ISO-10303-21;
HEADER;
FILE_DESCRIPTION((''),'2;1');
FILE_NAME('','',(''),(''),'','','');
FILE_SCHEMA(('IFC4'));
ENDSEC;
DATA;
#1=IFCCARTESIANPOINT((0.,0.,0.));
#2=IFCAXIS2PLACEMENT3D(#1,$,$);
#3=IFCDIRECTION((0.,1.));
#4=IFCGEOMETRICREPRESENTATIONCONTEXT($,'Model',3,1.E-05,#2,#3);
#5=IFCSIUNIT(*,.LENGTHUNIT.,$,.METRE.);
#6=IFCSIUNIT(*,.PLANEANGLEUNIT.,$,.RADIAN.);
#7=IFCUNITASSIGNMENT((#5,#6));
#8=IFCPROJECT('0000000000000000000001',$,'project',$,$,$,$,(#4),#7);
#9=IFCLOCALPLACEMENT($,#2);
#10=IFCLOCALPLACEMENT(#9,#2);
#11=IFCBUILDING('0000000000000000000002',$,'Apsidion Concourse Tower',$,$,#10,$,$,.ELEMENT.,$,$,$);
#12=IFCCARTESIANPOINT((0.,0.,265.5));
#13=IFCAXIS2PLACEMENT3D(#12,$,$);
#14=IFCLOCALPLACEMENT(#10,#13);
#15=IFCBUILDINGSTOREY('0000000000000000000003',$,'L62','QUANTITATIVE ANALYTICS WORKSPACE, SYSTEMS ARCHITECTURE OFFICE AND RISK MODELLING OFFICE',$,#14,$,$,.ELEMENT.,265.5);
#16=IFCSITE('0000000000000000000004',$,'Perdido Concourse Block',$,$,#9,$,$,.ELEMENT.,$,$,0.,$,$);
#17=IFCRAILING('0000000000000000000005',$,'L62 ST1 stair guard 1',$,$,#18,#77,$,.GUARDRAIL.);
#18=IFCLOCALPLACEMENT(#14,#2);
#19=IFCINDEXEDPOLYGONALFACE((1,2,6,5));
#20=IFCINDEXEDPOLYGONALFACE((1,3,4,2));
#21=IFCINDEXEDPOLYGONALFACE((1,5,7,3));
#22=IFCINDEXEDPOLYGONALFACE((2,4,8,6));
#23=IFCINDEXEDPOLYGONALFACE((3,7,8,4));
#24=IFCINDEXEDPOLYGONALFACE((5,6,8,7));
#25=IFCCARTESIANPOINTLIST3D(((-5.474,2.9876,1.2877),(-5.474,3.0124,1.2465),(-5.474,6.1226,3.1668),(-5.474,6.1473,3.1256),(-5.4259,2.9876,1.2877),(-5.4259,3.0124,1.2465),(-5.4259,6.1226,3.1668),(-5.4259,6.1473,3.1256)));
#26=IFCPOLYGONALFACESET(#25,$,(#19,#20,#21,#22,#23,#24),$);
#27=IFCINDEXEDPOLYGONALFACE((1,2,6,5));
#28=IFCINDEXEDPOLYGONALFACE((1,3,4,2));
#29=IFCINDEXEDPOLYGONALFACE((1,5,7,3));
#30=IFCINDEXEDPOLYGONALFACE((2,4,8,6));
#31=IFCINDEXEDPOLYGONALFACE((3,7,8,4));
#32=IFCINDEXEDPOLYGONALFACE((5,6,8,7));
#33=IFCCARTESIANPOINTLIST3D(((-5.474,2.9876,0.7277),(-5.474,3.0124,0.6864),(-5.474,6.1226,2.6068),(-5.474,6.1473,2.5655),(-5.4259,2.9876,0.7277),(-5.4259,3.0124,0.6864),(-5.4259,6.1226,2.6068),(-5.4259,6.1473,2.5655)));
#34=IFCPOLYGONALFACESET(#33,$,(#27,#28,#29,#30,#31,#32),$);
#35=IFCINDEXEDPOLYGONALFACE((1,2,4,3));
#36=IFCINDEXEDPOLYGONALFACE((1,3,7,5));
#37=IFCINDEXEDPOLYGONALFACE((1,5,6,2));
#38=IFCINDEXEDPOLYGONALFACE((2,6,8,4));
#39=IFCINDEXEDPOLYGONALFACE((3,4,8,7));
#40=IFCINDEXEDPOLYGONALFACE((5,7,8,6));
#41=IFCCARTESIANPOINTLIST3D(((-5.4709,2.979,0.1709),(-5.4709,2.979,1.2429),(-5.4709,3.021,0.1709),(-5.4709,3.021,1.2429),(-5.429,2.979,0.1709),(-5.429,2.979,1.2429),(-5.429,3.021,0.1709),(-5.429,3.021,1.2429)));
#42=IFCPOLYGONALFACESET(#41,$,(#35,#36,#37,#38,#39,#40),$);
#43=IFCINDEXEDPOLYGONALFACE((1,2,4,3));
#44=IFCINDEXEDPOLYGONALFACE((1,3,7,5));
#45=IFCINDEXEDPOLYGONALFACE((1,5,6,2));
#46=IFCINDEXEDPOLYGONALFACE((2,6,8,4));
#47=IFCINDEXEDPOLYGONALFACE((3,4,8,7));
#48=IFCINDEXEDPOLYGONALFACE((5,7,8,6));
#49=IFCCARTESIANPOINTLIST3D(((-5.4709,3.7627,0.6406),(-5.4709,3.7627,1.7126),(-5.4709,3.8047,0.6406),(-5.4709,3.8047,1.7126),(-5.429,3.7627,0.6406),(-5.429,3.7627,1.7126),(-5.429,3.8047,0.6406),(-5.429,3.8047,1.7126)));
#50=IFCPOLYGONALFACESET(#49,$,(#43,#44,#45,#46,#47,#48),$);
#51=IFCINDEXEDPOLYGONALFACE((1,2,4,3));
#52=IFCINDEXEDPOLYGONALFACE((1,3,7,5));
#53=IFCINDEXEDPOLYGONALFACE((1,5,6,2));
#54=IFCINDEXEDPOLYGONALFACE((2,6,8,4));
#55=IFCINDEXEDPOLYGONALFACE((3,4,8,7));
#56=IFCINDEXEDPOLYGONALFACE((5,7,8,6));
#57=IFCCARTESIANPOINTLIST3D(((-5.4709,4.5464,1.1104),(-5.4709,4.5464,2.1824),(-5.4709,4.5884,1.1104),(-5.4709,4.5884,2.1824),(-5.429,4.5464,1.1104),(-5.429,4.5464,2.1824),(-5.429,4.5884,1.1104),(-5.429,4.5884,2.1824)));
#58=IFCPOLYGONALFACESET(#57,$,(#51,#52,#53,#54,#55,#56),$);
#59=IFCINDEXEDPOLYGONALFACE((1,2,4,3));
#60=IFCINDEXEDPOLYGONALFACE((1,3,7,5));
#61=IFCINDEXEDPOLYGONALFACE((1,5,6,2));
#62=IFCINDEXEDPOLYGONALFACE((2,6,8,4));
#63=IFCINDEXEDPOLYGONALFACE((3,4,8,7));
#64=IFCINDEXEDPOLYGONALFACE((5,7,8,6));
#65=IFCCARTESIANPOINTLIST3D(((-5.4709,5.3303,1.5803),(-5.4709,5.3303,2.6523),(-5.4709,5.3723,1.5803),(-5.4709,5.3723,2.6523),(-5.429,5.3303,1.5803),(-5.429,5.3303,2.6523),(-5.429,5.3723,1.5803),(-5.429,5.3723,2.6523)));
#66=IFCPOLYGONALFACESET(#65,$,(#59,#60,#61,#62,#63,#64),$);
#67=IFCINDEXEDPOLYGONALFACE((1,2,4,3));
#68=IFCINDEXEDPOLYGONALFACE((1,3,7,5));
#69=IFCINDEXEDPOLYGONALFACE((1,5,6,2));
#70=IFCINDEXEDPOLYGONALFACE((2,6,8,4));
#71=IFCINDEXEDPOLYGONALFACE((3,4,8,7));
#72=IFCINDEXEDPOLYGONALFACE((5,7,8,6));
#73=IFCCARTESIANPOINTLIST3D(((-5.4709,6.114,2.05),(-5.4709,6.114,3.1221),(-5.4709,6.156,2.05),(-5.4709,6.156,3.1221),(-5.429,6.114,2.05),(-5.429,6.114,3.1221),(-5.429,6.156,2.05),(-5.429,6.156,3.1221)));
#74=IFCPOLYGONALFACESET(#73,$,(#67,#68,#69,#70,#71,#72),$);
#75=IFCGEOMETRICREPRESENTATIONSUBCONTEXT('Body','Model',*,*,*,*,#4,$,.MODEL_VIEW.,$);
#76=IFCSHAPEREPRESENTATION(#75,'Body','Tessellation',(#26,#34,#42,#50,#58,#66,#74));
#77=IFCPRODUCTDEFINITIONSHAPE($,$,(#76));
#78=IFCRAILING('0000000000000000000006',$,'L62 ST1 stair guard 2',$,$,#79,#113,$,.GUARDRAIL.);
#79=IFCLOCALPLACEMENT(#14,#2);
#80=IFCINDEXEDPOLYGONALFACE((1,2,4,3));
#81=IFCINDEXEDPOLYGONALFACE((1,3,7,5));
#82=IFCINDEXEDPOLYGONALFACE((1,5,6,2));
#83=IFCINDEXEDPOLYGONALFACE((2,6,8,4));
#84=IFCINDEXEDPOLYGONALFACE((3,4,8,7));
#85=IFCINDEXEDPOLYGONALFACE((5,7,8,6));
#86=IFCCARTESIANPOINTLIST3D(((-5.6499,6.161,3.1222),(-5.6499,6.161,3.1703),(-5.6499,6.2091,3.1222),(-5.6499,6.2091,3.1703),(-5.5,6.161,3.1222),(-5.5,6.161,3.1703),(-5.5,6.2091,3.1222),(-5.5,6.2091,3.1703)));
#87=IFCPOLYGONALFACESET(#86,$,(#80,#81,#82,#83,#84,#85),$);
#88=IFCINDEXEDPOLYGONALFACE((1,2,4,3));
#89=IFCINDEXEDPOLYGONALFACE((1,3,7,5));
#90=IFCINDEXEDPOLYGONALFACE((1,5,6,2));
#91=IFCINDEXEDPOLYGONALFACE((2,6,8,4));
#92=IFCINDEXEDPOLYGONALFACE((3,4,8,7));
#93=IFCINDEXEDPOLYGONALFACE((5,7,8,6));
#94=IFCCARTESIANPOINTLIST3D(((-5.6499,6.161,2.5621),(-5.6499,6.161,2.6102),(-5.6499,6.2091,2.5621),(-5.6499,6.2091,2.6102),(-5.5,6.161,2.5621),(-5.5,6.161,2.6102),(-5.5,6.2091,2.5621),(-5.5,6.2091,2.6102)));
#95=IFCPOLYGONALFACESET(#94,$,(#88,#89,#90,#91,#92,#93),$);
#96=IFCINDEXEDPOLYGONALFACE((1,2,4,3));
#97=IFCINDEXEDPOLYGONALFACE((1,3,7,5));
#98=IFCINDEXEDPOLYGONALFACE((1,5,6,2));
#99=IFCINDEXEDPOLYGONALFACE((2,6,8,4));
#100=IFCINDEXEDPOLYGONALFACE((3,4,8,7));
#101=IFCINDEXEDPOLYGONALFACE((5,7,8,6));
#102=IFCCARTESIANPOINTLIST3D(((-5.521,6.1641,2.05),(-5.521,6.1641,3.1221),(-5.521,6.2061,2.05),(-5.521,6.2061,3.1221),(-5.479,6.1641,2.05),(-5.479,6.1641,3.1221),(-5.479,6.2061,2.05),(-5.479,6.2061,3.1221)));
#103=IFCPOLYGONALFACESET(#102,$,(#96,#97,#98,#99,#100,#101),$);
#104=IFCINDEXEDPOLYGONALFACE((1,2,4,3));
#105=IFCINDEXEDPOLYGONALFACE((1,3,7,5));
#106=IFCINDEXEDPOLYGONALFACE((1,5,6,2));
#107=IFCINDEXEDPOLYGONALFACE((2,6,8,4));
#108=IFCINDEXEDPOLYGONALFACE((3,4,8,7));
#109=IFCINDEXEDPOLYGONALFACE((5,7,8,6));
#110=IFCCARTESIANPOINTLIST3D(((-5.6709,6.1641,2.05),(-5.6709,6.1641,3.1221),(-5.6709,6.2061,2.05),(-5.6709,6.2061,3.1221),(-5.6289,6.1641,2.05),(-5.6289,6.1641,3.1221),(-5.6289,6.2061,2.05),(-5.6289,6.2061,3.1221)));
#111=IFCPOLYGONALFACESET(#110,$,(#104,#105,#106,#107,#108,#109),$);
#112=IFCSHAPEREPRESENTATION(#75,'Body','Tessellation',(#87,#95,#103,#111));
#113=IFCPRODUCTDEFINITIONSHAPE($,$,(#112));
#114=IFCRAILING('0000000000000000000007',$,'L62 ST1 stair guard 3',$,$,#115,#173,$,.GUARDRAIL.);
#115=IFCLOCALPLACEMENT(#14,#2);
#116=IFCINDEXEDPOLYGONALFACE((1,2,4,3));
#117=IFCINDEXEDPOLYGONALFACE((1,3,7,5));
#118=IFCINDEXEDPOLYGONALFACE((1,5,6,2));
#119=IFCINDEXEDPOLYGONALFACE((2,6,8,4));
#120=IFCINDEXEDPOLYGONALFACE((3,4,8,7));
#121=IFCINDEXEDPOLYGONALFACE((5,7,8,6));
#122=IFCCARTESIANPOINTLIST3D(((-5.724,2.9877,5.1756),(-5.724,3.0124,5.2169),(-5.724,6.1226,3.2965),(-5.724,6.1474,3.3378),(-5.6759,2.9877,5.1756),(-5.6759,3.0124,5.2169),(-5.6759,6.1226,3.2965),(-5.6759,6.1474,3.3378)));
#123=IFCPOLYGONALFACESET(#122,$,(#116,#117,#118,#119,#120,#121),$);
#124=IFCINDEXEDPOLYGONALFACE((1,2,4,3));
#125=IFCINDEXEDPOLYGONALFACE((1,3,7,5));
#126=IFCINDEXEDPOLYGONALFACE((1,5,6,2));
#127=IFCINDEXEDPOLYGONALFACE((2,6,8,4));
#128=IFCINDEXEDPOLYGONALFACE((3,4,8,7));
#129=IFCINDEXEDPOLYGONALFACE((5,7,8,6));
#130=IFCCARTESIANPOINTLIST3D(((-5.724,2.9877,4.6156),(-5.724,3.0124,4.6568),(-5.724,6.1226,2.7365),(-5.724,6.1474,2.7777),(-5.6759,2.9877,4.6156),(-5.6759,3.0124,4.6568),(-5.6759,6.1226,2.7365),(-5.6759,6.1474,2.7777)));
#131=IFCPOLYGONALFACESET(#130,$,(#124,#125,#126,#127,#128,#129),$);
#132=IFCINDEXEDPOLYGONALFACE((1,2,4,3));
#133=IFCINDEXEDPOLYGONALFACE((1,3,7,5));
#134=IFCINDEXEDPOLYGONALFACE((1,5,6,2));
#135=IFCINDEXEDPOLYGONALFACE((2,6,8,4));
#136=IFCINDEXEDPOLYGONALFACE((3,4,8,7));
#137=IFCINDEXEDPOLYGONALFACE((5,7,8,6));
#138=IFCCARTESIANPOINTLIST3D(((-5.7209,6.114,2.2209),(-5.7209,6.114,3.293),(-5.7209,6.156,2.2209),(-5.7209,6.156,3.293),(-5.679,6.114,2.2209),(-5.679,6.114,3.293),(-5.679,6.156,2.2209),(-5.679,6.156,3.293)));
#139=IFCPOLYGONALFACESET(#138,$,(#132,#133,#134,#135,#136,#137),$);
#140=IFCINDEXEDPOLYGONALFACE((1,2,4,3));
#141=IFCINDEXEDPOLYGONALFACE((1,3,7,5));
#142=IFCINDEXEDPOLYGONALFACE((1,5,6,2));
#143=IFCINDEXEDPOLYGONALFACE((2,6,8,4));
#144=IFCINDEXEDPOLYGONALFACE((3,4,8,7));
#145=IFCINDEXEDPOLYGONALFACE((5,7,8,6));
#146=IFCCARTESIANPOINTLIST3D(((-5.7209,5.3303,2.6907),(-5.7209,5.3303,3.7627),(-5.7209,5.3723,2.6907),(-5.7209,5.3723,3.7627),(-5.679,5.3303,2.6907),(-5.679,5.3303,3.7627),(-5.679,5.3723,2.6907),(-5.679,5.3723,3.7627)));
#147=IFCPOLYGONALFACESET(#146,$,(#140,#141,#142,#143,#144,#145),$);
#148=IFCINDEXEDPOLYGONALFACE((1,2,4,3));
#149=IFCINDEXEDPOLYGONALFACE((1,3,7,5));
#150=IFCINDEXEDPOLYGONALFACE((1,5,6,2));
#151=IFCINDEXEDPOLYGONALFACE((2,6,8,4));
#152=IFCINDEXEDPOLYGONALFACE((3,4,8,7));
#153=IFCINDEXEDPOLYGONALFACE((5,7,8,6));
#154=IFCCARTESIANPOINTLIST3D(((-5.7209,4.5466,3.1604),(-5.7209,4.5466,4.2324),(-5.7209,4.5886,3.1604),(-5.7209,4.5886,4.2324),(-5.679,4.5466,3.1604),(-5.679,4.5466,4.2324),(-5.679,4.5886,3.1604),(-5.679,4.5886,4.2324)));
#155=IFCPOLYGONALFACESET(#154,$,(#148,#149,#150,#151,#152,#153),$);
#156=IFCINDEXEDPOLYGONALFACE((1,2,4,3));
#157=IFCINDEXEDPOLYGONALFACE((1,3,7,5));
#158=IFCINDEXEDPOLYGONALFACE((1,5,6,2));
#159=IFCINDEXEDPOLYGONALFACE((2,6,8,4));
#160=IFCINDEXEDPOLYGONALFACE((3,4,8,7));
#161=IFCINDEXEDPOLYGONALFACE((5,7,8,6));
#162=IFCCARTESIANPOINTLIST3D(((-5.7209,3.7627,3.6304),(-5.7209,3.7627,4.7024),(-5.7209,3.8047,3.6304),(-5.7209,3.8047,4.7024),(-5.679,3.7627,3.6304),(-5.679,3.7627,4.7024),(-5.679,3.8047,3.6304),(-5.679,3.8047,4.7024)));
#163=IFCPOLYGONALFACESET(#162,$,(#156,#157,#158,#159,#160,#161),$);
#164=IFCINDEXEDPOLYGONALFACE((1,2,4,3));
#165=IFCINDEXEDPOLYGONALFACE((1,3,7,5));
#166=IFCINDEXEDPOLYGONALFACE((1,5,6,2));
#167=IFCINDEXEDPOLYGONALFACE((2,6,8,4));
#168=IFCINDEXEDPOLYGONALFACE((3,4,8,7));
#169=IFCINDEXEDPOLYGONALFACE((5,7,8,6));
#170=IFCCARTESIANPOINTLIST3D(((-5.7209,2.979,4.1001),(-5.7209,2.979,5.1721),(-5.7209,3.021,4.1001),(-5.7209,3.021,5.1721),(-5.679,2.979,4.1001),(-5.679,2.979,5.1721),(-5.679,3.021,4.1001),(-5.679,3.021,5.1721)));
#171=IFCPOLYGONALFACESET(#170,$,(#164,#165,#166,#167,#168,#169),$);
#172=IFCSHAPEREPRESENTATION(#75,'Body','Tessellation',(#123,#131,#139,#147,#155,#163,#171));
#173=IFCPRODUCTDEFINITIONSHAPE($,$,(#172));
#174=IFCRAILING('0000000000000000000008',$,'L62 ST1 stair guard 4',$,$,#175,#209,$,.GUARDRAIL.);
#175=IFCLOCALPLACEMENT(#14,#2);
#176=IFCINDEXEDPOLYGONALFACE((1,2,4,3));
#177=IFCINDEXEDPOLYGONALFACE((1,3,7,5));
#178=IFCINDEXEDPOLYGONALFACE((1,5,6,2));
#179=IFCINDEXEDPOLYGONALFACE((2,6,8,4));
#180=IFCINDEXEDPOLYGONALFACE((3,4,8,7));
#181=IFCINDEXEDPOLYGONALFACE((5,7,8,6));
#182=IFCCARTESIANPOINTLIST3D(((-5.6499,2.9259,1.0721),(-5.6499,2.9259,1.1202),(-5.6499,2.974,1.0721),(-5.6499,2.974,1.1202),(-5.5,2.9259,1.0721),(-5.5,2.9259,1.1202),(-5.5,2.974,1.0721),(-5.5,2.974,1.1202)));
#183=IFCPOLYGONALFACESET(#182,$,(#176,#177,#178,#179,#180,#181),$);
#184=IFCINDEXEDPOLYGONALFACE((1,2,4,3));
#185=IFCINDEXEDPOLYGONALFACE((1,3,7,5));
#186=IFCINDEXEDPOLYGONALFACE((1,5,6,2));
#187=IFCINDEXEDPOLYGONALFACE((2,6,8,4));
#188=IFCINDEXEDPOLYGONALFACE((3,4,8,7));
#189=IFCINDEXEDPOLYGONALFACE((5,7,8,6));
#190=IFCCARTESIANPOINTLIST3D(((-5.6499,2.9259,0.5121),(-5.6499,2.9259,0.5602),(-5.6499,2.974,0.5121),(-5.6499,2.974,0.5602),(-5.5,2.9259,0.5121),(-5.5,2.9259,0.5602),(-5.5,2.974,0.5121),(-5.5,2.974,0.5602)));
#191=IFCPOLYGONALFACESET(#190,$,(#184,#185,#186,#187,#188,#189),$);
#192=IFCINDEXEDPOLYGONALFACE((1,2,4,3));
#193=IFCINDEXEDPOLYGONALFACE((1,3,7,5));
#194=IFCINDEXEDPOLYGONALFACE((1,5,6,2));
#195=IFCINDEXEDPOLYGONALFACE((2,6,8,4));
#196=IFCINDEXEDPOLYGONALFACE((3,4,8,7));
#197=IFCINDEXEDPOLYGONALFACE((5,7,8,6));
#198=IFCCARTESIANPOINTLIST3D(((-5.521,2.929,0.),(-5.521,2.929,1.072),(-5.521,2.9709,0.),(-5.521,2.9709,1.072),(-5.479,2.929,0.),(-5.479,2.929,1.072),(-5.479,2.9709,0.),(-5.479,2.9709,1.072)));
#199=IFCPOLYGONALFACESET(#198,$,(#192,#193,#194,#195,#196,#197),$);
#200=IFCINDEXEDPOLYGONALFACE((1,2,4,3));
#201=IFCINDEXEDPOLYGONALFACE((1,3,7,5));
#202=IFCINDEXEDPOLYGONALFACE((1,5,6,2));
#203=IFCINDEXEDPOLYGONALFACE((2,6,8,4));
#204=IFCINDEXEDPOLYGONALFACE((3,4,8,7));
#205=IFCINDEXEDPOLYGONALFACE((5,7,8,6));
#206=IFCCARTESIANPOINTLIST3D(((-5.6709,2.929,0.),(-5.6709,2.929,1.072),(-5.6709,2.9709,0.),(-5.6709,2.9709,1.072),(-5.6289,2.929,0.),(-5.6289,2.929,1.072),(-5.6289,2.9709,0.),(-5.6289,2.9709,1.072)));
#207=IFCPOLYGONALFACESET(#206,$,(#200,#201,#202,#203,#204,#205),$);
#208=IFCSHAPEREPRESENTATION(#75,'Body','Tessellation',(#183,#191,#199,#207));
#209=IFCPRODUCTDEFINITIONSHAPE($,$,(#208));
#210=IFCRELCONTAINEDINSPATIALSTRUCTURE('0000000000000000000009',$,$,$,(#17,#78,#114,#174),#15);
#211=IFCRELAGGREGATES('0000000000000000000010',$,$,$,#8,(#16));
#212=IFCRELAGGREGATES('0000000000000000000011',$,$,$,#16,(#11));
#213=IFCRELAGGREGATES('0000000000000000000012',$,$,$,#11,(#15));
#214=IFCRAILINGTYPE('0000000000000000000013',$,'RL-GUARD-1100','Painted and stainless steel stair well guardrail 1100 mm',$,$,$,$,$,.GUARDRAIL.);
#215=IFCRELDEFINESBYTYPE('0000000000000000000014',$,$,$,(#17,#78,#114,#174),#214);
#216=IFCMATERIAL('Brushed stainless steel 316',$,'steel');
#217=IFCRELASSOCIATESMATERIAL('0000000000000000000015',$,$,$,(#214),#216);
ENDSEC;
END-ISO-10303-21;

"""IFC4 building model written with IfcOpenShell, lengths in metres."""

from ifc_helpers import new_model, si_unit, direction, frame, origin, origin_2d, place, context, subcontext, project, spatial, rectangle, extrude, material, type_object, element, save


model = new_model("IFC4")

# Units and contexts
model_context = context("Model", 3, precision=1e-05, world=origin(), true_north=direction((0.0, 1.0)))
body_context = subcontext(model_context, "Body", "Model", "MODEL_VIEW")
ifc_project = project(units=[si_unit("LENGTHUNIT", "METRE"), si_unit("PLANEANGLEUNIT", "RADIAN")], contexts=[model_context])

# Site, building, storey
site_placement = place(None, origin())
site = spatial("IfcSite", under=ifc_project, at=site_placement, Name="Perdido Concourse Block", CompositionType="ELEMENT", RefElevation=0.0)
building_placement = place(site_placement, origin())
building = spatial("IfcBuilding", under=site, at=building_placement, Name="Apsidion Concourse Tower", CompositionType="ELEMENT")
storey_placement = place(building_placement, frame((0.0, 0.0, 265.5)))
storey = spatial("IfcBuildingStorey", under=building, at=storey_placement, Name="L62", Description="QUANTITATIVE ANALYTICS WORKSPACE, SYSTEMS ARCHITECTURE OFFICE AND RISK MODELLING OFFICE", CompositionType="ELEMENT", Elevation=265.5)

# Shared definitions
ifc_material_1 = material(Name="Brushed stainless steel 316", Category="steel")

# Railings
railing_type_1 = type_object("IfcRailingType", Name="RL-GUARD-1100", Description="Painted and stainless steel stair well guardrail 1100 mm", PredefinedType="GUARDRAIL", material=ifc_material_1)
railing_1_placement = place(storey_placement, frame((-5.45, 3.0, 0.1709)))
element("IfcRailing", 1, at=railing_1_placement, inside=storey, type_object=railing_type_1, Name="L62 ST1 stair guard 1", PredefinedType="GUARDRAIL", context=body_context, shape_type="SweptSolid", body=[
    extrude(rectangle(XDim=0.0481, YDim=0.0481, at=origin_2d()), frame((0.0, 0.0, 1.0962), z_axis=(0.0, 0.857717, 0.514122), x_axis=(-1.0, 0.0, 0.0)), (0.0, 0.0, 1.0), 3.655),
    extrude(rectangle(XDim=0.0481, YDim=0.0481, at=origin_2d()), frame((0.0, 0.0, 0.5361), z_axis=(0.0, 0.857717, 0.514122), x_axis=(-1.0, 0.0, 0.0)), (0.0, 0.0, 1.0), 3.655),
    extrude(rectangle(XDim=0.042, YDim=0.042, at=origin_2d()), origin(), (0.0, 0.0, 1.0), 1.072),
    extrude(rectangle(XDim=0.042, YDim=0.042, at=origin_2d()), frame((0.0, 0.7837, 0.4697)), (0.0, 0.0, 1.0), 1.072),
    extrude(rectangle(XDim=0.042, YDim=0.042, at=origin_2d()), frame((0.0, 1.5674, 0.9395)), (0.0, 0.0, 1.0), 1.072),
    extrude(rectangle(XDim=0.042, YDim=0.042, at=origin_2d()), frame((0.0, 2.3513, 1.4094)), (0.0, 0.0, 1.0), 1.072),
    extrude(rectangle(XDim=0.042, YDim=0.042, at=origin_2d()), frame((0.0, 3.135, 1.8792)), (0.0, 0.0, 1.0), 1.072),
])
railing_2_placement = place(storey_placement, frame((-5.5, 6.1851, 2.05)))
element("IfcRailing", 2, at=railing_2_placement, inside=storey, type_object=railing_type_1, Name="L62 ST1 stair guard 2", PredefinedType="GUARDRAIL", context=body_context, shape_type="SweptSolid", body=[
    extrude(rectangle(XDim=0.0481, YDim=0.0481, at=origin_2d()), frame((0.0, 0.0, 1.0962), z_axis=(-1.0, 0.0, 0.0), x_axis=(0.0, -1.0, 0.0)), (0.0, 0.0, 1.0), 0.1499),
    extrude(rectangle(XDim=0.0481, YDim=0.0481, at=origin_2d()), frame((0.0, 0.0, 0.5361), z_axis=(-1.0, 0.0, 0.0), x_axis=(0.0, -1.0, 0.0)), (0.0, 0.0, 1.0), 0.1499),
    extrude(rectangle(XDim=0.042, YDim=0.042, at=origin_2d()), origin(), (0.0, 0.0, 1.0), 1.072),
    extrude(rectangle(XDim=0.042, YDim=0.042, at=origin_2d()), frame((-0.1499, 0.0, 0.0)), (0.0, 0.0, 1.0), 1.072),
])
railing_3_placement = place(storey_placement, frame((-5.7, 6.135, 2.2209)))
element("IfcRailing", 3, at=railing_3_placement, inside=storey, type_object=railing_type_1, Name="L62 ST1 stair guard 3", PredefinedType="GUARDRAIL", context=body_context, shape_type="SweptSolid", body=[
    extrude(rectangle(XDim=0.0481, YDim=0.0481, at=origin_2d()), frame((0.0, 0.0, 1.0962), z_axis=(0.0, -0.857717, 0.514122), x_axis=(1.0, 0.0, 0.0)), (0.0, 0.0, 1.0), 3.655),
    extrude(rectangle(XDim=0.0481, YDim=0.0481, at=origin_2d()), frame((0.0, 0.0, 0.5361), z_axis=(0.0, -0.857717, 0.514122), x_axis=(1.0, 0.0, 0.0)), (0.0, 0.0, 1.0), 3.655),
    extrude(rectangle(XDim=0.042, YDim=0.042, at=origin_2d()), origin(), (0.0, 0.0, 1.0), 1.072),
    extrude(rectangle(XDim=0.042, YDim=0.042, at=origin_2d()), frame((0.0, -0.7837, 0.4697)), (0.0, 0.0, 1.0), 1.072),
    extrude(rectangle(XDim=0.042, YDim=0.042, at=origin_2d()), frame((0.0, -1.5674, 0.9395)), (0.0, 0.0, 1.0), 1.072),
    extrude(rectangle(XDim=0.042, YDim=0.042, at=origin_2d()), frame((0.0, -2.3513, 1.4094)), (0.0, 0.0, 1.0), 1.072),
    extrude(rectangle(XDim=0.042, YDim=0.042, at=origin_2d()), frame((0.0, -3.135, 1.8792)), (0.0, 0.0, 1.0), 1.072),
])
railing_4_placement = place(storey_placement, frame((-5.5, 2.95, 0.0)))
element("IfcRailing", 4, at=railing_4_placement, inside=storey, type_object=railing_type_1, Name="L62 ST1 stair guard 4", PredefinedType="GUARDRAIL", context=body_context, shape_type="SweptSolid", body=[
    extrude(rectangle(XDim=0.0481, YDim=0.0481, at=origin_2d()), frame((0.0, 0.0, 1.0962), z_axis=(-1.0, 0.0, 0.0), x_axis=(0.0, -1.0, 0.0)), (0.0, 0.0, 1.0), 0.1499),
    extrude(rectangle(XDim=0.0481, YDim=0.0481, at=origin_2d()), frame((0.0, 0.0, 0.5361), z_axis=(-1.0, 0.0, 0.0), x_axis=(0.0, -1.0, 0.0)), (0.0, 0.0, 1.0), 0.1499),
    extrude(rectangle(XDim=0.042, YDim=0.042, at=origin_2d()), origin(), (0.0, 0.0, 1.0), 1.072),
    extrude(rectangle(XDim=0.042, YDim=0.042, at=origin_2d()), frame((-0.1499, 0.0, 0.0)), (0.0, 0.0, 1.0), 1.072),
])

save(model, "model.ifc")
